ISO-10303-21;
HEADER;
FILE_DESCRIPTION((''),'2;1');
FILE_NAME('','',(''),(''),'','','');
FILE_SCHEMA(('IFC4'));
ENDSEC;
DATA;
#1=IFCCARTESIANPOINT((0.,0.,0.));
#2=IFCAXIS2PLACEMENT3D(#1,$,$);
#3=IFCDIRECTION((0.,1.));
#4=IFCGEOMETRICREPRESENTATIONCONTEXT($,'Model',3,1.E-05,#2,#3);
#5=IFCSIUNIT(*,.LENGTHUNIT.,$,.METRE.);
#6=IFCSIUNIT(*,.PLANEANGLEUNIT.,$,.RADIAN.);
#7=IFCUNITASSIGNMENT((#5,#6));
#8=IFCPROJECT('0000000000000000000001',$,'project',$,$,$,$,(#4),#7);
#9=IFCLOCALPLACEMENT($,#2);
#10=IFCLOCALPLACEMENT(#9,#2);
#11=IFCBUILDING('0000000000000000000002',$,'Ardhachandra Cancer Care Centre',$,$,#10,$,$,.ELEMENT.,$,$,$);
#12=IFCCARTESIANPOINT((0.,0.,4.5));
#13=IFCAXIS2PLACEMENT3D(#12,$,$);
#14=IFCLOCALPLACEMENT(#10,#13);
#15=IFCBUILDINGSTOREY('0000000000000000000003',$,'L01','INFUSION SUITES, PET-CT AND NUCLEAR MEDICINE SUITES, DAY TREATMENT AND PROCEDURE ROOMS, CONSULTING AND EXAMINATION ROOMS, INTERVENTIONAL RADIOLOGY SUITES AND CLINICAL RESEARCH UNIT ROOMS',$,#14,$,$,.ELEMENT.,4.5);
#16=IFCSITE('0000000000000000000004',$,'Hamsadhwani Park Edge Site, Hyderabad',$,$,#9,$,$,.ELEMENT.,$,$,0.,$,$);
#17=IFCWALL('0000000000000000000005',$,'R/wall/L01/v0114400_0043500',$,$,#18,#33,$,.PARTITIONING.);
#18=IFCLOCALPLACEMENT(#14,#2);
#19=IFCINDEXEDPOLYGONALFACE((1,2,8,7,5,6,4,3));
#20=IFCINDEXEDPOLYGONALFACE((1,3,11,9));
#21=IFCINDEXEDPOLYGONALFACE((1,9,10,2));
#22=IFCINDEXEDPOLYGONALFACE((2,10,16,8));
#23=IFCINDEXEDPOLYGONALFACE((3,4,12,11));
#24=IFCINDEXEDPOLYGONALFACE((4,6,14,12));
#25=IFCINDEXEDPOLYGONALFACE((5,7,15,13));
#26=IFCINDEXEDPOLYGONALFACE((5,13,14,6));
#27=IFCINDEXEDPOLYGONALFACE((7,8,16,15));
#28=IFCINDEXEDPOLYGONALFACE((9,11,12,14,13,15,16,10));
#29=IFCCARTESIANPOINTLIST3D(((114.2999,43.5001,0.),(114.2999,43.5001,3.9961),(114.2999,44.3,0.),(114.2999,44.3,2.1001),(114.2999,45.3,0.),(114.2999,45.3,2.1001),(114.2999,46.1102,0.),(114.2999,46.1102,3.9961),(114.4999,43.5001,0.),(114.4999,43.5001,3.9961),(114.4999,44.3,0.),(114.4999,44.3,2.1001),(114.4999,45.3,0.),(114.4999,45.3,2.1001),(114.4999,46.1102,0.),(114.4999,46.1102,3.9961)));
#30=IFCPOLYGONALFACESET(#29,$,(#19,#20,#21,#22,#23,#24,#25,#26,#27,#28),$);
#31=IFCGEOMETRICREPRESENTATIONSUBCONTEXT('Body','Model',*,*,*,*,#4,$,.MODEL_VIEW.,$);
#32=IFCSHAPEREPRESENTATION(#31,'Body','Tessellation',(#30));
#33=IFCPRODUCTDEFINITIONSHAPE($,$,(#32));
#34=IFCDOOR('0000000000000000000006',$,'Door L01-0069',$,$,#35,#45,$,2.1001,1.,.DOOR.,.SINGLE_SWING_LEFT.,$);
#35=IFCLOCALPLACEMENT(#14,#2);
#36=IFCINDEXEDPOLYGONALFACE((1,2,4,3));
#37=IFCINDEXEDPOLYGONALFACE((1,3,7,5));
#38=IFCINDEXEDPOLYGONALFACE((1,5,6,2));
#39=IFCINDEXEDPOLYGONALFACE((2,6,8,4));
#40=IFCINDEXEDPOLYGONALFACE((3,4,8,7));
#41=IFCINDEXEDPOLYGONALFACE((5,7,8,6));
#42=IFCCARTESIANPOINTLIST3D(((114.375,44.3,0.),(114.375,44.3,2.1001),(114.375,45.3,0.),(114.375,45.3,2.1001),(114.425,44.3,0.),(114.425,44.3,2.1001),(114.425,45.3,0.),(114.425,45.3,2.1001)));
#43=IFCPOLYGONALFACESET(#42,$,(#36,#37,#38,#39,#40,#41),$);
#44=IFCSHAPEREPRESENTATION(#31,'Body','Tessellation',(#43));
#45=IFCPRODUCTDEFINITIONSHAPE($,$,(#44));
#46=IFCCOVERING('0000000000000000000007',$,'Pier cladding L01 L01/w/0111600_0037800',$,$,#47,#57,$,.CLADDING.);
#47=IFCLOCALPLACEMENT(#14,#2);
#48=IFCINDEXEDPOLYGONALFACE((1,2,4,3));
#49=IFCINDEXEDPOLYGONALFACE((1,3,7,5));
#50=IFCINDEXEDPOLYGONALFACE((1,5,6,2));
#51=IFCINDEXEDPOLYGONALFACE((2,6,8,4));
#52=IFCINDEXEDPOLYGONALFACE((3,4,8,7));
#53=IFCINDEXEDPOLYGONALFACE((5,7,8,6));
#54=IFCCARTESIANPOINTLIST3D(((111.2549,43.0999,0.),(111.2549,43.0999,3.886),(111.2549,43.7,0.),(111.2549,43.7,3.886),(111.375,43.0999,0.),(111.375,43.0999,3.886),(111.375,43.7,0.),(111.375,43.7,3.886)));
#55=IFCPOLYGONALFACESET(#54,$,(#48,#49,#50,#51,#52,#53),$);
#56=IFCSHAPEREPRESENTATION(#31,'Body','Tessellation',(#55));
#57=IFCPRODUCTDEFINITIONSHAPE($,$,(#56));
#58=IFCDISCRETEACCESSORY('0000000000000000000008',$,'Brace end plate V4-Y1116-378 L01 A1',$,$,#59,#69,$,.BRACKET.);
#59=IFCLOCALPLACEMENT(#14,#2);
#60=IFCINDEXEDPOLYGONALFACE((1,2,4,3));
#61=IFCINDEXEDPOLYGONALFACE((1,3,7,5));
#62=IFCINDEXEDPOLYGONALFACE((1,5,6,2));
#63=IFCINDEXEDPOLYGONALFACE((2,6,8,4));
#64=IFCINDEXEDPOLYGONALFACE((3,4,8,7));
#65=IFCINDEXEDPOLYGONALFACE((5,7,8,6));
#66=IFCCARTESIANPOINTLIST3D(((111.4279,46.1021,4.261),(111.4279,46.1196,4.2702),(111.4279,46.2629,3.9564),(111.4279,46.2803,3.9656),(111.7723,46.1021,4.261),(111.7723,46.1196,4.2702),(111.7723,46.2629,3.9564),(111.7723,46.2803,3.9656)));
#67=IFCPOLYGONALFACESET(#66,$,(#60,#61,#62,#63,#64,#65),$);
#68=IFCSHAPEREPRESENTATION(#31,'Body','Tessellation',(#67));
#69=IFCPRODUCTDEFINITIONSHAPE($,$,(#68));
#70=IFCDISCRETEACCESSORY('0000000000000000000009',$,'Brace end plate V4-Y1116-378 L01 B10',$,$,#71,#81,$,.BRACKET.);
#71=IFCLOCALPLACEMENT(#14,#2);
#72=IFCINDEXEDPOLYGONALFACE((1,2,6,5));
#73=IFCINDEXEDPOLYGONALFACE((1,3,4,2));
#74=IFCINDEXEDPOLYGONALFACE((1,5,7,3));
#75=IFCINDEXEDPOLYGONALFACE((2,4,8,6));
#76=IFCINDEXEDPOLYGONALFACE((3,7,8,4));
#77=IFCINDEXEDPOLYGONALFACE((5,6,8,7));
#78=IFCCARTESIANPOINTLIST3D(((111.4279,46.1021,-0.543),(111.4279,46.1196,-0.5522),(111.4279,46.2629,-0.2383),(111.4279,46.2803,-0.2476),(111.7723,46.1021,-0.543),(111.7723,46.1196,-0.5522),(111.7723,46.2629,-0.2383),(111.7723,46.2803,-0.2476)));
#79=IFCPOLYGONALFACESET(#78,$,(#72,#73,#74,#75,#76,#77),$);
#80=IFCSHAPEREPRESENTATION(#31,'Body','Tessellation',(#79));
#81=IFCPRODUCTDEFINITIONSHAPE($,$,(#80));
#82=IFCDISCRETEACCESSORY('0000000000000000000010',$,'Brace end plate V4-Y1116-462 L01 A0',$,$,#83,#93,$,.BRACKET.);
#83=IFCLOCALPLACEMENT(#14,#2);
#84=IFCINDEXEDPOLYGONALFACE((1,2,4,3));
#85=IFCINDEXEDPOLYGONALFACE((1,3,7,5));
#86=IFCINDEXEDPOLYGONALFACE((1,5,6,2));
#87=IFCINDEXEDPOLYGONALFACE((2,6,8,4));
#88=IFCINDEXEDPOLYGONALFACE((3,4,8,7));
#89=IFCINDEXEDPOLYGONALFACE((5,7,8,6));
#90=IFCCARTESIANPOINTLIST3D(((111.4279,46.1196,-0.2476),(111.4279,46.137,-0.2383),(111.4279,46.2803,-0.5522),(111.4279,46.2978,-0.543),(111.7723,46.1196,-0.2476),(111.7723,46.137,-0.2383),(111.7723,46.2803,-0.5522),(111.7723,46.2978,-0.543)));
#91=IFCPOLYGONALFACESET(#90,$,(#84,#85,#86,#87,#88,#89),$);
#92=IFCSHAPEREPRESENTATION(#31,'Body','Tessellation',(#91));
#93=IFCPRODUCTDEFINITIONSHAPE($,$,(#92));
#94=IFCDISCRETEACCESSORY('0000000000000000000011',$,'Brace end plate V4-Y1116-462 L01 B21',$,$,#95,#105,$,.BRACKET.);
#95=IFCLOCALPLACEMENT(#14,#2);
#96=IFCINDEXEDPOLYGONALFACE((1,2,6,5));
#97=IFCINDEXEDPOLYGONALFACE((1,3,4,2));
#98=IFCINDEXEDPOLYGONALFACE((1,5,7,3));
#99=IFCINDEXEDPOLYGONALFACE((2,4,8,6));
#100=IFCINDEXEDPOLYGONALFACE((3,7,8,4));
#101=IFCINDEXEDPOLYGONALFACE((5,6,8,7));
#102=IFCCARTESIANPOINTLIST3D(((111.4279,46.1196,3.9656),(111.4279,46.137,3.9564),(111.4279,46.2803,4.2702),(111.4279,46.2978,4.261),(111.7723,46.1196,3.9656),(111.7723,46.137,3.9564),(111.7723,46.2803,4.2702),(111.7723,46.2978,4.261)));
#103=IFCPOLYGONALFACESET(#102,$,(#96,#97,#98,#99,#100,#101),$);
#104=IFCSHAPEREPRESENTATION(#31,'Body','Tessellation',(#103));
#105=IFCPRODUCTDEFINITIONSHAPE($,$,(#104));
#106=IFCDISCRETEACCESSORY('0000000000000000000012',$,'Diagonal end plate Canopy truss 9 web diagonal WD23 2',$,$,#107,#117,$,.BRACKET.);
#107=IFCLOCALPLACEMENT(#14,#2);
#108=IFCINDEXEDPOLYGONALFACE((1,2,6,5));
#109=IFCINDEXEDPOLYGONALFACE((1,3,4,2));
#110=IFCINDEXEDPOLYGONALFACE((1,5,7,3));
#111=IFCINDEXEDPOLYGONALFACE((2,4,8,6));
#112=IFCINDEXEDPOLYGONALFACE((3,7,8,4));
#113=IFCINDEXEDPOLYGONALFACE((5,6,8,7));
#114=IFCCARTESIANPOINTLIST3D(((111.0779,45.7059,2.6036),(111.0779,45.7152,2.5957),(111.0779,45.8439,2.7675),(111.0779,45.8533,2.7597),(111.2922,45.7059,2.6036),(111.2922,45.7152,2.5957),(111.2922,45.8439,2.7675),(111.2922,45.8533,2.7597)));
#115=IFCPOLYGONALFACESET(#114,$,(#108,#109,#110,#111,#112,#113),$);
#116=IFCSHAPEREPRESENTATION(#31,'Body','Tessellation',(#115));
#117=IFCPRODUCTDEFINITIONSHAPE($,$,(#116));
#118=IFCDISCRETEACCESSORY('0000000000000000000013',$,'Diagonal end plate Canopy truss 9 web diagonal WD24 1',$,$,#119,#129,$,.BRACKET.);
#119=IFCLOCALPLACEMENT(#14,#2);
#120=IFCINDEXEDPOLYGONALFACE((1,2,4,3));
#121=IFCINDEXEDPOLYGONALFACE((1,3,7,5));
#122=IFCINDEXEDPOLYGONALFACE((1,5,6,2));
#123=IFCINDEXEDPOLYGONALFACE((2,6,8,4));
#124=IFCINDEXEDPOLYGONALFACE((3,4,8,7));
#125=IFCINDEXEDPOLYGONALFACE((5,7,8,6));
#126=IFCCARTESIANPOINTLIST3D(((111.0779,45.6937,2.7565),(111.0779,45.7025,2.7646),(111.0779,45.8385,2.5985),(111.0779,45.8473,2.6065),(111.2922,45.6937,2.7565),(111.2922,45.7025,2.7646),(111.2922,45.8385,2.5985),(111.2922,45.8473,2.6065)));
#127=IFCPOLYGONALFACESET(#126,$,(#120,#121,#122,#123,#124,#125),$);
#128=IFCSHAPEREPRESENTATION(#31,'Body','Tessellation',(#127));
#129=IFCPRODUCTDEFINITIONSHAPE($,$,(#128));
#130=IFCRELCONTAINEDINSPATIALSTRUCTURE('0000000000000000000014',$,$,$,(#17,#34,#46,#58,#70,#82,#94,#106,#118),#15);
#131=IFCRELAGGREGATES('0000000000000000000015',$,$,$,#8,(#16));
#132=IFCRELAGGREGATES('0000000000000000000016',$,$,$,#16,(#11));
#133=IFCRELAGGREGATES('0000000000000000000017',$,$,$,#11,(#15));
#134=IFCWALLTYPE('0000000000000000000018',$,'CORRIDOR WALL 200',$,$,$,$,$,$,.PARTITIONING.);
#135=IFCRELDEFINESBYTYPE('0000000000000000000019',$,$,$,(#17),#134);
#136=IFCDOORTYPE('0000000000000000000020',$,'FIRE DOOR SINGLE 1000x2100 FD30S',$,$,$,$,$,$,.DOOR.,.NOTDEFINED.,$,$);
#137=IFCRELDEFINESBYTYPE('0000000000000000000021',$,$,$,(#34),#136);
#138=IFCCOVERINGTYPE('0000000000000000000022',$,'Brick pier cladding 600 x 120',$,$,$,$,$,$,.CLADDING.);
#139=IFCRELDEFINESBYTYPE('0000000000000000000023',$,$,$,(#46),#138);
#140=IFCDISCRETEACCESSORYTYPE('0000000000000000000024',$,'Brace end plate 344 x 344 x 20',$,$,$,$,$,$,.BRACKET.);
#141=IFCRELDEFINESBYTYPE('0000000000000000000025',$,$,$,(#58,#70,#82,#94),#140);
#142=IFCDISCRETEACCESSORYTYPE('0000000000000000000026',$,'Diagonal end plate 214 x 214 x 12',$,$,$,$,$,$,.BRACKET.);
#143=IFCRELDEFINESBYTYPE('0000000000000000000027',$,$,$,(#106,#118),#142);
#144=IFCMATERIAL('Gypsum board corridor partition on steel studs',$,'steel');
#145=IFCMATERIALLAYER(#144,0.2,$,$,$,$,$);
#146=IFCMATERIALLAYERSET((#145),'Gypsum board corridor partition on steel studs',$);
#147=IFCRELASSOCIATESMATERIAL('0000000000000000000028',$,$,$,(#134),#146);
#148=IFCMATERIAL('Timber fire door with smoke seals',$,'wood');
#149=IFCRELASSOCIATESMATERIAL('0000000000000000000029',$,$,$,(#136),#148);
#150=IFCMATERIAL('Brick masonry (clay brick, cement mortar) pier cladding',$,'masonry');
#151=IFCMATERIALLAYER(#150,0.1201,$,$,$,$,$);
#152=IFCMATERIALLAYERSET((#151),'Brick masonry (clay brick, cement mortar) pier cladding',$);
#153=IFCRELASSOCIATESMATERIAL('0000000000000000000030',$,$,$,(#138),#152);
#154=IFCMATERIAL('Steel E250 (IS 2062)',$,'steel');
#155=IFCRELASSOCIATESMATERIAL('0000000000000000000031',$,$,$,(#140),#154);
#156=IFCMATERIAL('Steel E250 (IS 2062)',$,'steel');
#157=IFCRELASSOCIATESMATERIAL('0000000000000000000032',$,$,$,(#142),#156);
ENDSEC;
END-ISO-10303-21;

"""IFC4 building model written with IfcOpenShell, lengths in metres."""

from ifc_helpers import new_model, si_unit, direction, frame, frame_2d, origin, origin_2d, place, context, subcontext, project, spatial, rectangle, extrude, material, layer, layer_set, material_profile, profile_set, type_object, element, fill, save


model = new_model("IFC4")

# Units and contexts
model_context = context("Model", 3, precision=1e-05, world=origin(), true_north=direction((0.0, 1.0)))
body_context = subcontext(model_context, "Body", "Model", "MODEL_VIEW")
ifc_project = project(units=[si_unit("LENGTHUNIT", "METRE"), si_unit("PLANEANGLEUNIT", "RADIAN")], contexts=[model_context])

# Site, building, storey
site_placement = place(None, origin())
site = spatial("IfcSite", under=ifc_project, at=site_placement, Name="Hamsadhwani Park Edge Site, Hyderabad", CompositionType="ELEMENT", RefElevation=0.0)
building_placement = place(site_placement, origin())
building = spatial("IfcBuilding", under=site, at=building_placement, Name="Ardhachandra Cancer Care Centre", CompositionType="ELEMENT")
storey_placement = place(building_placement, frame((0.0, 0.0, 4.5)))
storey = spatial("IfcBuildingStorey", under=building, at=storey_placement, Name="L01", Description="INFUSION SUITES, PET-CT AND NUCLEAR MEDICINE SUITES, DAY TREATMENT AND PROCEDURE ROOMS, CONSULTING AND EXAMINATION ROOMS, INTERVENTIONAL RADIOLOGY SUITES AND CLINICAL RESEARCH UNIT ROOMS", CompositionType="ELEMENT", Elevation=4.5)

# Shared definitions
ifc_material_1 = material(Name="Gypsum board corridor partition on steel studs", Category="steel")
ifc_layer_1 = layer(ifc_material_1, 0.2)
ifc_layer_set_1 = layer_set([ifc_layer_1], Name="Gypsum board corridor partition on steel studs")
wall_type_1 = type_object("IfcWallType", Name="CORRIDOR WALL 200", PredefinedType="PARTITIONING", material=ifc_layer_set_1)

# Wall, opening, door
wall_1_placement = place(storey_placement, frame((114.3999, 43.5, 0.0), z_axis=(0.0, 0.0, 1.0), x_axis=(0.0, 1.0, 0.0)))
wall_1 = element("IfcWall", 1, at=wall_1_placement, inside=storey, type_object=wall_type_1, Name="R/wall/L01/v0114400_0043500", PredefinedType="PARTITIONING", context=body_context, shape_type="SweptSolid", body=[
    extrude(rectangle(XDim=2.6101, YDim=0.2, at=frame_2d((1.3052, 0.0))), origin(), (0.0, 0.0, 1.0), 3.9961),
])
opening_placement = place(wall_1_placement, frame((0.8, 0.0, 0.0)))
opening = element("IfcOpeningElement", 2, at=opening_placement, cuts=wall_1, PredefinedType="OPENING", context=body_context, shape_type="SweptSolid", body=[
    extrude(rectangle(XDim=1.0, YDim=2.1001, at=frame_2d((0.5, 1.05))), frame((0.0, 0.1099, 0.0), z_axis=(0.0, -1.0, 0.0), x_axis=(1.0, 0.0, 0.0)), (0.0, 0.0, 1.0), 0.22),
])
ifc_material_2 = material(Name="Timber fire door with smoke seals", Category="wood")
door_type = type_object("IfcDoorType", Name="FIRE DOOR SINGLE 1000x2100 FD30S", OperationType="NOTDEFINED", PredefinedType="DOOR", material=ifc_material_2)
door_placement = place(opening_placement, origin())
door = element("IfcDoor", 3, at=door_placement, inside=storey, type_object=door_type, Name="Door L01-0069", OperationType="SINGLE_SWING_LEFT", OverallHeight=2.1001, OverallWidth=1.0, PredefinedType="DOOR", context=body_context, shape_type="SweptSolid", body=[
    extrude(rectangle(XDim=1.0, YDim=2.1001, at=frame_2d((0.5, 1.05))), frame((0.0, 0.0249, 0.0), z_axis=(0.0, -1.0, 0.0), x_axis=(1.0, 0.0, 0.0)), (0.0, 0.0, 1.0), 0.05),
])
fill(opening, door)

# Covering
ifc_material_3 = material(Name="Brick masonry (clay brick, cement mortar) pier cladding", Category="masonry")
ifc_layer_2 = layer(ifc_material_3, 0.1201)
ifc_layer_set_2 = layer_set([ifc_layer_2], Name="Brick masonry (clay brick, cement mortar) pier cladding")
covering_type = type_object("IfcCoveringType", Name="Brick pier cladding 600 x 120", PredefinedType="CLADDING", material=ifc_layer_set_2)
covering_placement = place(storey_placement, frame((111.3149, 43.3999, 0.0), z_axis=(0.0, 0.0, 1.0), x_axis=(0.0, 1.0, 0.0)))
element("IfcCovering", 4, at=covering_placement, inside=storey, type_object=covering_type, Name="Pier cladding L01 L01/w/0111600_0037800", PredefinedType="CLADDING", context=body_context, shape_type="SweptSolid", body=[
    extrude(rectangle(XDim=0.6001, YDim=0.1201, at=origin_2d()), origin(), (0.0, 0.0, 1.0), 3.886),
])

# Discrete accessories
ifc_material_4 = material(Name="Steel E250 (IS 2062)", Category="steel")
ifc_material_profile_1 = material_profile(ifc_material_4, rectangle(XDim=0.3445, YDim=0.3445, at=origin_2d()), Name="PL 344x344x20")
ifc_profile_set_1 = profile_set([ifc_material_profile_1], Name="Steel E250 (IS 2062)")
discrete_accessory_type_1 = type_object("IfcDiscreteAccessoryType", Name="Brace end plate 344 x 344 x 20", PredefinedType="BRACKET", material=ifc_profile_set_1)
for number, where, z_axis, x_axis, name in (
    (5, (111.6001, 46.2, 4.1179), (0.0, -0.884385, -0.466759), (1.0, 0.0, 0.0), "Brace end plate V4-Y1116-378 L01 A1"),
    (6, (111.6001, 46.2, -0.3999), (0.0, -0.884385, 0.466759), (1.0, 0.0, 0.0), "Brace end plate V4-Y1116-378 L01 B10"),
    (7, (111.6001, 46.2, -0.3999), (0.0, 0.884385, 0.466759), (-1.0, 0.0, 0.0), "Brace end plate V4-Y1116-462 L01 A0"),
    (8, (111.6001, 46.2, 4.1179), (0.0, 0.884385, -0.466759), (-1.0, 0.0, 0.0), "Brace end plate V4-Y1116-462 L01 B21"),
):
    element("IfcDiscreteAccessory", number, at=place(storey_placement, frame(where, z_axis=z_axis, x_axis=x_axis)), inside=storey, type_object=discrete_accessory_type_1, Name=name, PredefinedType="BRACKET", context=body_context, shape_type="SweptSolid", body=[
        extrude(rectangle(XDim=0.3445, YDim=0.3445, at=origin_2d()), origin(), (0.0, 0.0, 1.0), 0.0198),
    ])
ifc_material_5 = material(Name="Steel E250 (IS 2062)", Category="steel")
ifc_material_profile_2 = material_profile(ifc_material_5, rectangle(XDim=0.2144, YDim=0.2144, at=origin_2d()), Name="PL 214x214x12")
ifc_profile_set_2 = profile_set([ifc_material_profile_2], Name="Steel E250 (IS 2062)")
discrete_accessory_type_2 = type_object("IfcDiscreteAccessoryType", Name="Diagonal end plate 214 x 214 x 12", PredefinedType="BRACKET", material=ifc_profile_set_2)
discrete_accessory_1_placement = place(storey_placement, frame((111.1851, 45.7749, 2.6855), z_axis=(0.0, 0.764911, -0.644136), x_axis=(-1.0, 0.0, 0.0)))
element("IfcDiscreteAccessory", 9, at=discrete_accessory_1_placement, inside=storey, type_object=discrete_accessory_type_2, Name="Diagonal end plate Canopy truss 9 web diagonal WD23 2", PredefinedType="BRACKET", context=body_context, shape_type="SweptSolid", body=[
    extrude(rectangle(XDim=0.2144, YDim=0.2144, at=origin_2d()), origin(), (0.0, 0.0, 1.0), 0.0122),
])
discrete_accessory_2_placement = place(storey_placement, frame((111.1851, 45.7749, 2.6855), z_axis=(0.0, -0.737154, -0.675725), x_axis=(1.0, 0.0, 0.0)))
element("IfcDiscreteAccessory", 10, at=discrete_accessory_2_placement, inside=storey, type_object=discrete_accessory_type_2, Name="Diagonal end plate Canopy truss 9 web diagonal WD24 1", PredefinedType="BRACKET", context=body_context, shape_type="SweptSolid", body=[
    extrude(rectangle(XDim=0.2144, YDim=0.2144, at=origin_2d()), origin(), (0.0, 0.0, 1.0), 0.012),
])

save(model, "model.ifc")
